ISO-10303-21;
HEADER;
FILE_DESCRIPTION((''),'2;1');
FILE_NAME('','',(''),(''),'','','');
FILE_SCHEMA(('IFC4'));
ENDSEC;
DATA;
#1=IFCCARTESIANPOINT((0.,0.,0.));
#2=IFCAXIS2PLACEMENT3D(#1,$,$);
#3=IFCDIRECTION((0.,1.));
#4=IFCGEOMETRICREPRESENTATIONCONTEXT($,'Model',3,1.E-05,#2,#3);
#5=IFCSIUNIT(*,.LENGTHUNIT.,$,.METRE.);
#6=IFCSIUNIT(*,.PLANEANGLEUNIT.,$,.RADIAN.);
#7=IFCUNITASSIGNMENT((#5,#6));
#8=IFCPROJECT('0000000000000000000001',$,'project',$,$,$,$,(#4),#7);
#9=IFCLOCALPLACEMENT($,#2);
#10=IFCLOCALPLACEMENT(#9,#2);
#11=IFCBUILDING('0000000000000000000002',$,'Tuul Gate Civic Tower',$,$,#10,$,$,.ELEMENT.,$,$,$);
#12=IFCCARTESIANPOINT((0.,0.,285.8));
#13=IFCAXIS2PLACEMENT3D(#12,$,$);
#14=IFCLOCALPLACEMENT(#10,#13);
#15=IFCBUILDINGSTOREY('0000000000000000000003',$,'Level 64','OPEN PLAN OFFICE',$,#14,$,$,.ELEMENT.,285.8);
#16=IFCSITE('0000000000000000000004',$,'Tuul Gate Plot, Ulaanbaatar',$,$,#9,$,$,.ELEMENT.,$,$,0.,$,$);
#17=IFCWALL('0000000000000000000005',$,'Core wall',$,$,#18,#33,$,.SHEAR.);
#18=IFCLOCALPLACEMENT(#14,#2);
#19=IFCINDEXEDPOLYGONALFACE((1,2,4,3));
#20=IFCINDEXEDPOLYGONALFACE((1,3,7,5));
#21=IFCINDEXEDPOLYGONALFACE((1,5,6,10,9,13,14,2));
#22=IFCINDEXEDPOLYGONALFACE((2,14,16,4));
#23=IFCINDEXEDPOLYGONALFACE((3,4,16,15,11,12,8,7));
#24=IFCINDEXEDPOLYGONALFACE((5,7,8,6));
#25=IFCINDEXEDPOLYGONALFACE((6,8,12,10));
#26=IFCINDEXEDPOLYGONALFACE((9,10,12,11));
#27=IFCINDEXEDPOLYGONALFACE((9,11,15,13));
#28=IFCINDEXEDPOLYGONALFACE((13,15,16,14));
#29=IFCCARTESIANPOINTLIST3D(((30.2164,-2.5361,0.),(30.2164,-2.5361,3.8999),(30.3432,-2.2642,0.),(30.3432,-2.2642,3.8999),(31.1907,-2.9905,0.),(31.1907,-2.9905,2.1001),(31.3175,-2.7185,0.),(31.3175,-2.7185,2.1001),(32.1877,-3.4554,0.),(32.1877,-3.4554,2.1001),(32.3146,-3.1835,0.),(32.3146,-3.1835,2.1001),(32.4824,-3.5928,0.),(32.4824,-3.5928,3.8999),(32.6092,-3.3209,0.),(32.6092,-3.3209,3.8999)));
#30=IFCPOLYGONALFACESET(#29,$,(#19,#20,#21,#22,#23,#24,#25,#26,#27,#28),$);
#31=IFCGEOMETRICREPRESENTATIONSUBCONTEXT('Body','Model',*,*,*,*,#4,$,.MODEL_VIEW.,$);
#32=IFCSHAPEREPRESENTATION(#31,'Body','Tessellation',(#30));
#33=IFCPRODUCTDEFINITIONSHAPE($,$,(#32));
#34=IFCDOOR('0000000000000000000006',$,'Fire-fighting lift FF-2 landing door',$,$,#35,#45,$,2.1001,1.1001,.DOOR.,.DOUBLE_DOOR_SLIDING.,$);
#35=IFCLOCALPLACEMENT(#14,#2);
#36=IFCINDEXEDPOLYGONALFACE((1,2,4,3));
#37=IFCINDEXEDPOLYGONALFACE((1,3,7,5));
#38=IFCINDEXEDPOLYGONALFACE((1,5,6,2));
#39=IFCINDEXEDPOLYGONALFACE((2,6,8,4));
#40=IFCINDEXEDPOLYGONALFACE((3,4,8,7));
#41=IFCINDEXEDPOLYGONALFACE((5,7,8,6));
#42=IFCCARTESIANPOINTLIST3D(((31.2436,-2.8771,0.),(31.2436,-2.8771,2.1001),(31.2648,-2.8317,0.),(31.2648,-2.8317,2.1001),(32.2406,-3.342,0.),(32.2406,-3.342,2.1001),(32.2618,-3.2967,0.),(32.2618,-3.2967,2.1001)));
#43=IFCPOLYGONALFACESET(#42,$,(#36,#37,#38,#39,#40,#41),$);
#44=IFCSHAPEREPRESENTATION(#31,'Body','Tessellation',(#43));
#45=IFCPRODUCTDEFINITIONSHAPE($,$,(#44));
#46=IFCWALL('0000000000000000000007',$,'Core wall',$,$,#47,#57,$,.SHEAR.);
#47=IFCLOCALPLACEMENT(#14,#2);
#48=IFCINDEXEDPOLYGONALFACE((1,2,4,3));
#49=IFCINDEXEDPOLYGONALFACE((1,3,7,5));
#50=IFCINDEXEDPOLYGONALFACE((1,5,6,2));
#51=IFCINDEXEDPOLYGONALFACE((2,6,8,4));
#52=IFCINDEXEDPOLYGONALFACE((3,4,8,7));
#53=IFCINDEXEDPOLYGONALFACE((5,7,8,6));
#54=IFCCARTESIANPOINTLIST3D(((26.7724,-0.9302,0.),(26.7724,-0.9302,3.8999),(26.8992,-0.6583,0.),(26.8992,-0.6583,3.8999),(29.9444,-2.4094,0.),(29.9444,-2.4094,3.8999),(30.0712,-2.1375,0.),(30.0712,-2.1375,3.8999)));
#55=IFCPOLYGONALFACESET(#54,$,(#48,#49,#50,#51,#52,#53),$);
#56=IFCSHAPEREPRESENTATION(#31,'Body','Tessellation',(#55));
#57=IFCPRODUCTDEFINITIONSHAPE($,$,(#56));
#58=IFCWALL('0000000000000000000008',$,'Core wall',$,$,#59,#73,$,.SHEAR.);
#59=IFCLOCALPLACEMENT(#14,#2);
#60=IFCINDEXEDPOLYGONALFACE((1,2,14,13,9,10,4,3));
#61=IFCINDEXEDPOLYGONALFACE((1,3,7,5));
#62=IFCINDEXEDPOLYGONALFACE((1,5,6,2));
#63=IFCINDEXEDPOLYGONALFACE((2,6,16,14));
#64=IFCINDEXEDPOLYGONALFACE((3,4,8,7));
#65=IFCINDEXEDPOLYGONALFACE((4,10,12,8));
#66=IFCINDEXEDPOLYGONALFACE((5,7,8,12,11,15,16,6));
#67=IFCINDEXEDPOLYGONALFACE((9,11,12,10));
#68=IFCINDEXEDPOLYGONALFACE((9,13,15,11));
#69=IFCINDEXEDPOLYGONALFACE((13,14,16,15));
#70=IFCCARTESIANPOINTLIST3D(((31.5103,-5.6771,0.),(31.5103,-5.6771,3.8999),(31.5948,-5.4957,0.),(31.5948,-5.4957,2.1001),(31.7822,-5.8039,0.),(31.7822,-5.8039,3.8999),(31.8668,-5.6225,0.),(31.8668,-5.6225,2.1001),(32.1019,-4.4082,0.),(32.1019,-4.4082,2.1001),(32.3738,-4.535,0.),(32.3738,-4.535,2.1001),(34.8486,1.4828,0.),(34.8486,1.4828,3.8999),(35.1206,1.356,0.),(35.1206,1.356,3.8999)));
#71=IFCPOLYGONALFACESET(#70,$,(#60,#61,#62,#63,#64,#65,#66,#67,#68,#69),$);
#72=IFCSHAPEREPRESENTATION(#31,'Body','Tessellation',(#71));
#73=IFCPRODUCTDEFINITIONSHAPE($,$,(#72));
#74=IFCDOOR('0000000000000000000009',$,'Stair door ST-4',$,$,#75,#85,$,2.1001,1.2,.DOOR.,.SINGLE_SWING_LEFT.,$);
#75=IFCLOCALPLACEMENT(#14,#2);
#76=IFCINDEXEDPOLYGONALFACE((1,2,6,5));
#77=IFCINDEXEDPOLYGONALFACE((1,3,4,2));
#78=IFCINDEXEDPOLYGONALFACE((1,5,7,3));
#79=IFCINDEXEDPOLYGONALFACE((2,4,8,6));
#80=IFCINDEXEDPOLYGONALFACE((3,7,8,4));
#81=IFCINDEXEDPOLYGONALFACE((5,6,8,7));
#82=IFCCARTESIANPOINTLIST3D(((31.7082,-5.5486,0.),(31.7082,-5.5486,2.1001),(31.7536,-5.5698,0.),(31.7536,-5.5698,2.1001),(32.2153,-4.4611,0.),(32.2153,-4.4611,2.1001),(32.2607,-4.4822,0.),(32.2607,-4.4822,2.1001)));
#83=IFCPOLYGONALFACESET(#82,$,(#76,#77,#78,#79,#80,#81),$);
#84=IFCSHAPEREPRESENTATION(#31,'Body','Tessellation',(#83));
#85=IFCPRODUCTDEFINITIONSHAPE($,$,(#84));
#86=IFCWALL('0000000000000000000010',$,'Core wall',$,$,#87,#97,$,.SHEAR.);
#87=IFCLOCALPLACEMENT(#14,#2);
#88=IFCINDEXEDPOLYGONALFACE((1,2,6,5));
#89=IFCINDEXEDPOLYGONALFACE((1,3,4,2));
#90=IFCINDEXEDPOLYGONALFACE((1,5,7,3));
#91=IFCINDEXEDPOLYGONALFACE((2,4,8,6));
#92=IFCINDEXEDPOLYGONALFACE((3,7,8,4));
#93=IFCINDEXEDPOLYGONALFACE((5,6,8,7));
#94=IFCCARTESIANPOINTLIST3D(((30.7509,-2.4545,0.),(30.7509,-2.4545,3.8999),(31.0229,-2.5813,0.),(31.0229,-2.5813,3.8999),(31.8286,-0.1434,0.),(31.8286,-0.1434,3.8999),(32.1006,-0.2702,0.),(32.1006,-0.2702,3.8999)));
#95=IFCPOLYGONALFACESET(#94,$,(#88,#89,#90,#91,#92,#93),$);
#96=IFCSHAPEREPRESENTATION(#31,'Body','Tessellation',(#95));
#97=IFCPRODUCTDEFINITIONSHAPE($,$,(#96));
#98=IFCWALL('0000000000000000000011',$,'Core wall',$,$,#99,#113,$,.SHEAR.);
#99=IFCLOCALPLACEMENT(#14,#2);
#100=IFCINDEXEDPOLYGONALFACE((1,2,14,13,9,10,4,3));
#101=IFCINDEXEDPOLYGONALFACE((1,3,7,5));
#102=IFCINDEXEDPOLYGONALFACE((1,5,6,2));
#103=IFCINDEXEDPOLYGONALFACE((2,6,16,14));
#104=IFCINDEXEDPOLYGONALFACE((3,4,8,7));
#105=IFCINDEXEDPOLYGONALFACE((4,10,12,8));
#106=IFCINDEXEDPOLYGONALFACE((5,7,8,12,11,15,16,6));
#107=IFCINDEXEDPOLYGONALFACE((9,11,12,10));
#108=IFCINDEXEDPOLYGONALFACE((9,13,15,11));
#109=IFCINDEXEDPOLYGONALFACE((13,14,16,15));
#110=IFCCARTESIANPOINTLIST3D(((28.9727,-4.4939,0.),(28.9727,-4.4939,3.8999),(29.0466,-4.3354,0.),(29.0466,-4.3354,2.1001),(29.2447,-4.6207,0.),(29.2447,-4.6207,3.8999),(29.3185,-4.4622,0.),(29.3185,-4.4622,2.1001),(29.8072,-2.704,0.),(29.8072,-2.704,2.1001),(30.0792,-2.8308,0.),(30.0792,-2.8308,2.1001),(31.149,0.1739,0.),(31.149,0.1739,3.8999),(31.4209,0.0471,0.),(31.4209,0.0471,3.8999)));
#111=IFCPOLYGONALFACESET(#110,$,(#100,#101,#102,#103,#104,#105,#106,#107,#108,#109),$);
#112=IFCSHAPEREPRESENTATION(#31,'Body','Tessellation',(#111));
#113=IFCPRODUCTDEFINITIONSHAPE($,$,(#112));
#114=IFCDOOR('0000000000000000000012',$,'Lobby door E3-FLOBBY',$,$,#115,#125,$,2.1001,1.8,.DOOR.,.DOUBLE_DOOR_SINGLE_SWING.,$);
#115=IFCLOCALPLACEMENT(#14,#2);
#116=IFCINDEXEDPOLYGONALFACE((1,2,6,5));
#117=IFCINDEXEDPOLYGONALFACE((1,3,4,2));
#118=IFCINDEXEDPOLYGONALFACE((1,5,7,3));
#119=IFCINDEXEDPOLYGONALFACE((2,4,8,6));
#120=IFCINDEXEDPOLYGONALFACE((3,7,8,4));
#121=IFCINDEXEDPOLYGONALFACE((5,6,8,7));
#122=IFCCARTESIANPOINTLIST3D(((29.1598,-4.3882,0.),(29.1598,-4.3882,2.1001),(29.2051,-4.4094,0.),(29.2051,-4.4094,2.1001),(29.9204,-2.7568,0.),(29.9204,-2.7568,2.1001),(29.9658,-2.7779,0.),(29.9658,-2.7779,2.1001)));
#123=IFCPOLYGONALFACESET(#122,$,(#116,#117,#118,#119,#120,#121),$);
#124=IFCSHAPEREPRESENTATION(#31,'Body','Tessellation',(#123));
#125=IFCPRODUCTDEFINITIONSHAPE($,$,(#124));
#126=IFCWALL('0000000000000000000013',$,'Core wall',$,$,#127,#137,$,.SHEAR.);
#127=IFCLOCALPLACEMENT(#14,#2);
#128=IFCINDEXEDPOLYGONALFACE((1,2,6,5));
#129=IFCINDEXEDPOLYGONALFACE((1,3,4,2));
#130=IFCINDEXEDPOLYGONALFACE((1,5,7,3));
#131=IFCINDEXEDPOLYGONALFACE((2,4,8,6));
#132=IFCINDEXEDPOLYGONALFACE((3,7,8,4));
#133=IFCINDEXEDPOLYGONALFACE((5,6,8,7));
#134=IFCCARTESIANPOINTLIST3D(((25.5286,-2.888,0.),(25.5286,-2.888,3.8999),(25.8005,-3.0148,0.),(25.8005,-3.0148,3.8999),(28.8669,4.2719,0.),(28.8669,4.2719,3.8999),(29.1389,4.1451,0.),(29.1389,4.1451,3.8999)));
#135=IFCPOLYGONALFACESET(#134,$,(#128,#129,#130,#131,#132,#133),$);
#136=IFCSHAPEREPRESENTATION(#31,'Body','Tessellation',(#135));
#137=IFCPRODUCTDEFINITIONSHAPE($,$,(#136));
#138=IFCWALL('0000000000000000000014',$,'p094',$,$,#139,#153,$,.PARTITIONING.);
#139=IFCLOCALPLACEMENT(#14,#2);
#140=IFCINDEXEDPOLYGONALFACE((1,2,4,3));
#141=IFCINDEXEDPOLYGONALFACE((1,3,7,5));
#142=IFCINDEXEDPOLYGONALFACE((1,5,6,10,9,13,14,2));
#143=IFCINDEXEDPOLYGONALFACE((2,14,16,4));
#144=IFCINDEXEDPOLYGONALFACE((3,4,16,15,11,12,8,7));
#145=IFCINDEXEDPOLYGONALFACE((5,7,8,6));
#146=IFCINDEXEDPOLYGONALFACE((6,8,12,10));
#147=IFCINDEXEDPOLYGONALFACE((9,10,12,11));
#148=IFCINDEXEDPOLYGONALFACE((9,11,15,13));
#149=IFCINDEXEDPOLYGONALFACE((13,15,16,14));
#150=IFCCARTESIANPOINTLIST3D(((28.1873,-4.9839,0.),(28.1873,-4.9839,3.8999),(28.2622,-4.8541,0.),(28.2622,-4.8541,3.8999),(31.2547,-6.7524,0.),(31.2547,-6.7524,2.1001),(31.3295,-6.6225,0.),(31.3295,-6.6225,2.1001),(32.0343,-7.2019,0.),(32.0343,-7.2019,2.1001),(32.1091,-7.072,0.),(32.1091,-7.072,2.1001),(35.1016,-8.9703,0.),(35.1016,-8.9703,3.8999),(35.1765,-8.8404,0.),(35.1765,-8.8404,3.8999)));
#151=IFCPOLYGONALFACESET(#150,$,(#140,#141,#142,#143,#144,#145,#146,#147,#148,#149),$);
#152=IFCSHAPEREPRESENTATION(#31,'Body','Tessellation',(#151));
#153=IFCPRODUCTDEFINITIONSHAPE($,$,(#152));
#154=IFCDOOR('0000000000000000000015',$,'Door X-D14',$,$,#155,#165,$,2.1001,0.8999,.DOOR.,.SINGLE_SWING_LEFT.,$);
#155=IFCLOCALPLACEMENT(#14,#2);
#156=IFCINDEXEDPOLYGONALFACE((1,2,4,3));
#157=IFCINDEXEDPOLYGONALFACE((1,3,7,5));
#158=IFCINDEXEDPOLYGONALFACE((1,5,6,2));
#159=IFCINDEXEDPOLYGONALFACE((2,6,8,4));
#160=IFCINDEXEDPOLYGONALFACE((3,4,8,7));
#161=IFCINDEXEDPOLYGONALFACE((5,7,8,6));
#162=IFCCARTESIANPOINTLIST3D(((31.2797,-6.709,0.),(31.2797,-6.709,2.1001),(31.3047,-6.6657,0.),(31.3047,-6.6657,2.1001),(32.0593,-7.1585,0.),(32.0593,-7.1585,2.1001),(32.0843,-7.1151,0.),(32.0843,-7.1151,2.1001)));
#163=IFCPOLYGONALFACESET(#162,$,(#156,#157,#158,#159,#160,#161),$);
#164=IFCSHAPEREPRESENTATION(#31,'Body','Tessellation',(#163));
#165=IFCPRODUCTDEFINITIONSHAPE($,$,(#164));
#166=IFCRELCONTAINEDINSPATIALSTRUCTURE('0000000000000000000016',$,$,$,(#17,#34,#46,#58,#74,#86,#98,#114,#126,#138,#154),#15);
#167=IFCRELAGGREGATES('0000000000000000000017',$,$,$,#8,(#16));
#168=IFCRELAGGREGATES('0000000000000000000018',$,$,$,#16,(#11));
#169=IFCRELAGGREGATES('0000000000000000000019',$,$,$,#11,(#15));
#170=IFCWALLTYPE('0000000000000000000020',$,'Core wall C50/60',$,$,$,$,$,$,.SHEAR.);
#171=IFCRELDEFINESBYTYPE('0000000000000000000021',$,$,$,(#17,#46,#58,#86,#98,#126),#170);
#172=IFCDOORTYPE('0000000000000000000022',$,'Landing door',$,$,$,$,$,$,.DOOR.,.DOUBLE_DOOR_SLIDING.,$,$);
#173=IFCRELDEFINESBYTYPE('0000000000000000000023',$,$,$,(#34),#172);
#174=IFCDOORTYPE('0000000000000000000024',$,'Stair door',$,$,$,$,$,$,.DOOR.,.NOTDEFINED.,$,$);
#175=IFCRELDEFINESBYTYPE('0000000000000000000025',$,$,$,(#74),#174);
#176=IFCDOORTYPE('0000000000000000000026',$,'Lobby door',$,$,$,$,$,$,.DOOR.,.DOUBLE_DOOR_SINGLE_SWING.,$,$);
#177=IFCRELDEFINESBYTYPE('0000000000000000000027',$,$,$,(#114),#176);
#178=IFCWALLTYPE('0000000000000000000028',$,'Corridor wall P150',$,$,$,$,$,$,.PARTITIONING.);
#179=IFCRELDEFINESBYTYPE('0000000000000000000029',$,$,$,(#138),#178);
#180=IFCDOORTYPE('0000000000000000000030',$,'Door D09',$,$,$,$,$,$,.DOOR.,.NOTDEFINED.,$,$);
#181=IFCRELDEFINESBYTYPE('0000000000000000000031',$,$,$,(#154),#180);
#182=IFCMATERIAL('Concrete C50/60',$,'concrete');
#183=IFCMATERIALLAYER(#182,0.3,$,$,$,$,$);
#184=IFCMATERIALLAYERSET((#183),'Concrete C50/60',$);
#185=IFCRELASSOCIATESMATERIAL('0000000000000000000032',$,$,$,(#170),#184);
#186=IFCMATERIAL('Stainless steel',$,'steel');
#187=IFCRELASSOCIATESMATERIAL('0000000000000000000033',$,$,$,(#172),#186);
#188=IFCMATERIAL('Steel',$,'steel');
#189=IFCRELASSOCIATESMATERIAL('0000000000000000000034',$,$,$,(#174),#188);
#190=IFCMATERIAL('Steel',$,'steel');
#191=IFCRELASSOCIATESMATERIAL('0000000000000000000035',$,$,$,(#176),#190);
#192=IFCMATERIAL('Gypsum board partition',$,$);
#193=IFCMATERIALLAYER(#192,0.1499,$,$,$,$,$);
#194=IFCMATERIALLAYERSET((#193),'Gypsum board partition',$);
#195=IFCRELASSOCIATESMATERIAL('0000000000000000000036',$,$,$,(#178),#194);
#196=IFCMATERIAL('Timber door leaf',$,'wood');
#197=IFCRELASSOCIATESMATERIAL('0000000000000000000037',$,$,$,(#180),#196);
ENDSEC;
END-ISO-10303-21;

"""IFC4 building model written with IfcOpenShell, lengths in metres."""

from ifc_helpers import new_model, si_unit, direction, frame, frame_2d, origin, place, context, subcontext, project, spatial, rectangle, extrude, material, layer, layer_set, type_object, element, fill, save


model = new_model("IFC4")

# Units and contexts
model_context = context("Model", 3, precision=1e-05, world=origin(), true_north=direction((0.0, 1.0)))
body_context = subcontext(model_context, "Body", "Model", "MODEL_VIEW")
ifc_project = project(units=[si_unit("LENGTHUNIT", "METRE"), si_unit("PLANEANGLEUNIT", "RADIAN")], contexts=[model_context])

# Site, building, storey
site_placement = place(None, origin())
site = spatial("IfcSite", under=ifc_project, at=site_placement, Name="Tuul Gate Plot, Ulaanbaatar", CompositionType="ELEMENT", RefElevation=0.0)
building_placement = place(site_placement, origin())
building = spatial("IfcBuilding", under=site, at=building_placement, Name="Tuul Gate Civic Tower", CompositionType="ELEMENT")
storey_placement = place(building_placement, frame((0.0, 0.0, 285.8)))
storey = spatial("IfcBuildingStorey", under=building, at=storey_placement, Name="Level 64", Description="OPEN PLAN OFFICE", CompositionType="ELEMENT", Elevation=285.8)

# Wall, opening, door
ifc_material_1 = material(Name="Concrete C50/60", Category="concrete")
ifc_layer_1 = layer(ifc_material_1, 0.3)
ifc_layer_set_1 = layer_set([ifc_layer_1], Name="Concrete C50/60")
wall_type_1 = type_object("IfcWallType", Name="Core wall C50/60", PredefinedType="SHEAR", material=ifc_layer_set_1)
wall_1_placement = place(storey_placement, frame((32.5457, -3.4568, 0.0), z_axis=(0.0, 0.0, 1.0), x_axis=(-0.9063, 0.422634, 0.0)))
wall_1 = element("IfcWall", 1, at=wall_1_placement, inside=storey, type_object=wall_type_1, Name="Core wall", PredefinedType="SHEAR", context=body_context, shape_type="SweptSolid", body=[
    extrude(rectangle(XDim=2.5002, YDim=0.3, at=frame_2d((1.25, 0.0))), origin(), (0.0, 0.0, 1.0), 3.8999),
])
opening_1_placement = place(wall_1_placement, frame((0.325, 0.0, 0.0)))
opening_1 = element("IfcOpeningElement", 2, at=opening_1_placement, cuts=wall_1, PredefinedType="OPENING", context=body_context, shape_type="SweptSolid", body=[
    extrude(rectangle(XDim=1.1001, YDim=2.1001, at=frame_2d((0.55, 1.05))), frame((0.0, 0.1602, 0.0), z_axis=(0.0, -1.0, 0.0), x_axis=(1.0, 0.0, 0.0)), (0.0, 0.0, 1.0), 0.3201),
])
ifc_material_2 = material(Name="Stainless steel", Category="steel")
door_type_1 = type_object("IfcDoorType", Name="Landing door", OperationType="DOUBLE_DOOR_SLIDING", PredefinedType="DOOR", material=ifc_material_2)
door_1_placement = place(opening_1_placement, origin())
door_1 = element("IfcDoor", 3, at=door_1_placement, inside=storey, type_object=door_type_1, Name="Fire-fighting lift FF-2 landing door", OperationType="DOUBLE_DOOR_SLIDING", OverallHeight=2.1001, OverallWidth=1.1001, PredefinedType="DOOR", context=body_context, shape_type="SweptSolid", body=[
    extrude(rectangle(XDim=1.1001, YDim=2.1001, at=frame_2d((0.55, 1.05))), frame((0.0, 0.0249, 0.0), z_axis=(0.0, -1.0, 0.0), x_axis=(1.0, 0.0, 0.0)), (0.0, 0.0, 1.0), 0.05),
])
fill(opening_1, door_1)

# Wall
wall_2_placement = place(storey_placement, frame((30.0078, -2.2734, 0.0), z_axis=(0.0, 0.0, 1.0), x_axis=(-0.906301, 0.422633, 0.0)))
element("IfcWall", 4, at=wall_2_placement, inside=storey, type_object=wall_type_1, Name="Core wall", PredefinedType="SHEAR", context=body_context, shape_type="SweptSolid", body=[
    extrude(rectangle(XDim=3.5, YDim=0.3, at=frame_2d((1.75, 0.0))), origin(), (0.0, 0.0, 1.0), 3.8999),
])

# Wall, opening, door
wall_3_placement = place(storey_placement, frame((31.6462, -5.7405, 0.0), z_axis=(0.0, 0.0, 1.0), x_axis=(0.422583, 0.906324, 0.0)))
wall_3 = element("IfcWall", 5, at=wall_3_placement, inside=storey, type_object=wall_type_1, Name="Core wall", PredefinedType="SHEAR", context=body_context, shape_type="SweptSolid", body=[
    extrude(rectangle(XDim=7.8999, YDim=0.3, at=frame_2d((3.95, 0.0))), origin(), (0.0, 0.0, 1.0), 3.8999),
])
opening_2_placement = place(wall_3_placement, frame((0.2, 0.0, 0.0)))
opening_2 = element("IfcOpeningElement", 6, at=opening_2_placement, cuts=wall_3, PredefinedType="OPENING", context=body_context, shape_type="SweptSolid", body=[
    extrude(rectangle(XDim=1.2, YDim=2.1001, at=frame_2d((0.6001, 1.05))), frame((0.0, 0.1602, 0.0), z_axis=(0.0, -1.0, 0.0), x_axis=(1.0, 0.0, 0.0)), (0.0, 0.0, 1.0), 0.3201),
])
ifc_material_3 = material(Name="Steel", Category="steel")
door_type_2 = type_object("IfcDoorType", Name="Stair door", OperationType="NOTDEFINED", PredefinedType="DOOR", material=ifc_material_3)
door_2_placement = place(opening_2_placement, origin())
door_2 = element("IfcDoor", 7, at=door_2_placement, inside=storey, type_object=door_type_2, Name="Stair door ST-4", OperationType="SINGLE_SWING_LEFT", OverallHeight=2.1001, OverallWidth=1.2, PredefinedType="DOOR", context=body_context, shape_type="SweptSolid", body=[
    extrude(rectangle(XDim=1.2, YDim=2.1001, at=frame_2d((0.6001, 1.05))), frame((0.0, 0.0249, 0.0), z_axis=(0.0, -1.0, 0.0), x_axis=(1.0, 0.0, 0.0)), (0.0, 0.0, 1.0), 0.05),
])
fill(opening_2, door_2)

# Wall
wall_4_placement = place(storey_placement, frame((30.887, -2.5178, 0.0), z_axis=(0.0, 0.0, 1.0), x_axis=(0.422613, 0.90631, 0.0)))
element("IfcWall", 8, at=wall_4_placement, inside=storey, type_object=wall_type_1, Name="Core wall", PredefinedType="SHEAR", context=body_context, shape_type="SweptSolid", body=[
    extrude(rectangle(XDim=2.55, YDim=0.3, at=frame_2d((1.2749, 0.0))), origin(), (0.0, 0.0, 1.0), 3.8999),
])

# Wall, opening, door
wall_5_placement = place(storey_placement, frame((29.1086, -4.5574, 0.0), z_axis=(0.0, 0.0, 1.0), x_axis=(0.422566, 0.906332, 0.0)))
wall_5 = element("IfcWall", 9, at=wall_5_placement, inside=storey, type_object=wall_type_1, Name="Core wall", PredefinedType="SHEAR", context=body_context, shape_type="SweptSolid", body=[
    extrude(rectangle(XDim=5.1501, YDim=0.3, at=frame_2d((2.5752, 0.0))), origin(), (0.0, 0.0, 1.0), 3.8999),
])
opening_3_placement = place(wall_5_placement, frame((0.175, 0.0, 0.0)))
opening_3 = element("IfcOpeningElement", 10, at=opening_3_placement, cuts=wall_5, PredefinedType="OPENING", context=body_context, shape_type="SweptSolid", body=[
    extrude(rectangle(XDim=1.8, YDim=2.1001, at=frame_2d((0.8999, 1.05))), frame((0.0, 0.1602, 0.0), z_axis=(0.0, -1.0, 0.0), x_axis=(1.0, 0.0, 0.0)), (0.0, 0.0, 1.0), 0.3201),
])
ifc_material_4 = material(Name="Steel", Category="steel")
door_type_3 = type_object("IfcDoorType", Name="Lobby door", OperationType="DOUBLE_DOOR_SINGLE_SWING", PredefinedType="DOOR", material=ifc_material_4)
door_3_placement = place(opening_3_placement, frame((1.8, 0.0, 0.0), z_axis=(0.0, 0.0, 1.0), x_axis=(-1.0, 0.0, 0.0)))
door_3 = element("IfcDoor", 11, at=door_3_placement, inside=storey, type_object=door_type_3, Name="Lobby door E3-FLOBBY", OperationType="DOUBLE_DOOR_SINGLE_SWING", OverallHeight=2.1001, OverallWidth=1.8, PredefinedType="DOOR", context=body_context, shape_type="SweptSolid", body=[
    extrude(rectangle(XDim=1.8, YDim=2.1001, at=frame_2d((0.9001, 1.05))), frame((0.0, 0.0249, 0.0), z_axis=(0.0, -1.0, 0.0), x_axis=(1.0, 0.0, 0.0)), (0.0, 0.0, 1.0), 0.05),
])
fill(opening_3, door_3)

# Wall
wall_6_placement = place(storey_placement, frame((25.6646, -2.9514, 0.0), z_axis=(0.0, 0.0, 1.0), x_axis=(0.422583, 0.906324, 0.0)))
element("IfcWall", 12, at=wall_6_placement, inside=storey, type_object=wall_type_1, Name="Core wall", PredefinedType="SHEAR", context=body_context, shape_type="SweptSolid", body=[
    extrude(rectangle(XDim=7.8999, YDim=0.3, at=frame_2d((3.95, 0.0))), origin(), (0.0, 0.0, 1.0), 3.8999),
])

# Wall, opening, door
ifc_material_5 = material(Name="Gypsum board partition")
ifc_layer_2 = layer(ifc_material_5, 0.1499)
ifc_layer_set_2 = layer_set([ifc_layer_2], Name="Gypsum board partition")
wall_type_2 = type_object("IfcWallType", Name="Corridor wall P150", PredefinedType="PARTITIONING", material=ifc_layer_set_2)
wall_7_placement = place(storey_placement, frame((28.2246, -4.9189, 0.0), z_axis=(0.0, 0.0, 1.0), x_axis=(0.866332, -0.499469, 0.0)))
wall_7 = element("IfcWall", 13, at=wall_7_placement, inside=storey, type_object=wall_type_2, Name="p094", PredefinedType="PARTITIONING", context=body_context, shape_type="SweptSolid", body=[
    extrude(rectangle(XDim=7.9812, YDim=0.1499, at=frame_2d((3.9907, 0.0))), origin(), (0.0, 0.0, 1.0), 3.8999),
])
opening_4_placement = place(wall_7_placement, frame((3.5408, 0.0, 0.0)))
opening_4 = element("IfcOpeningElement", 14, at=opening_4_placement, cuts=wall_7, PredefinedType="OPENING", context=body_context, shape_type="SweptSolid", body=[
    extrude(rectangle(XDim=0.8999, YDim=2.1001, at=frame_2d((0.45, 1.05))), frame((0.0, 0.085, 0.0), z_axis=(0.0, -1.0, 0.0), x_axis=(1.0, 0.0, 0.0)), (0.0, 0.0, 1.0), 0.1699),
])
ifc_material_6 = material(Name="Timber door leaf", Category="wood")
door_type_4 = type_object("IfcDoorType", Name="Door D09", OperationType="NOTDEFINED", PredefinedType="DOOR", material=ifc_material_6)
door_4_placement = place(opening_4_placement, frame((0.8999, 0.0, 0.0), z_axis=(0.0, 0.0, 1.0), x_axis=(-1.0, 0.0, 0.0)))
door_4 = element("IfcDoor", 15, at=door_4_placement, inside=storey, type_object=door_type_4, Name="Door X-D14", OperationType="SINGLE_SWING_LEFT", OverallHeight=2.1001, OverallWidth=0.8999, PredefinedType="DOOR", context=body_context, shape_type="SweptSolid", body=[
    extrude(rectangle(XDim=0.8999, YDim=2.1001, at=frame_2d((0.45, 1.05))), frame((0.0, 0.0249, 0.0), z_axis=(0.0, -1.0, 0.0), x_axis=(1.0, 0.0, 0.0)), (0.0, 0.0, 1.0), 0.05),
])
fill(opening_4, door_4)

save(model, "model.ifc")
